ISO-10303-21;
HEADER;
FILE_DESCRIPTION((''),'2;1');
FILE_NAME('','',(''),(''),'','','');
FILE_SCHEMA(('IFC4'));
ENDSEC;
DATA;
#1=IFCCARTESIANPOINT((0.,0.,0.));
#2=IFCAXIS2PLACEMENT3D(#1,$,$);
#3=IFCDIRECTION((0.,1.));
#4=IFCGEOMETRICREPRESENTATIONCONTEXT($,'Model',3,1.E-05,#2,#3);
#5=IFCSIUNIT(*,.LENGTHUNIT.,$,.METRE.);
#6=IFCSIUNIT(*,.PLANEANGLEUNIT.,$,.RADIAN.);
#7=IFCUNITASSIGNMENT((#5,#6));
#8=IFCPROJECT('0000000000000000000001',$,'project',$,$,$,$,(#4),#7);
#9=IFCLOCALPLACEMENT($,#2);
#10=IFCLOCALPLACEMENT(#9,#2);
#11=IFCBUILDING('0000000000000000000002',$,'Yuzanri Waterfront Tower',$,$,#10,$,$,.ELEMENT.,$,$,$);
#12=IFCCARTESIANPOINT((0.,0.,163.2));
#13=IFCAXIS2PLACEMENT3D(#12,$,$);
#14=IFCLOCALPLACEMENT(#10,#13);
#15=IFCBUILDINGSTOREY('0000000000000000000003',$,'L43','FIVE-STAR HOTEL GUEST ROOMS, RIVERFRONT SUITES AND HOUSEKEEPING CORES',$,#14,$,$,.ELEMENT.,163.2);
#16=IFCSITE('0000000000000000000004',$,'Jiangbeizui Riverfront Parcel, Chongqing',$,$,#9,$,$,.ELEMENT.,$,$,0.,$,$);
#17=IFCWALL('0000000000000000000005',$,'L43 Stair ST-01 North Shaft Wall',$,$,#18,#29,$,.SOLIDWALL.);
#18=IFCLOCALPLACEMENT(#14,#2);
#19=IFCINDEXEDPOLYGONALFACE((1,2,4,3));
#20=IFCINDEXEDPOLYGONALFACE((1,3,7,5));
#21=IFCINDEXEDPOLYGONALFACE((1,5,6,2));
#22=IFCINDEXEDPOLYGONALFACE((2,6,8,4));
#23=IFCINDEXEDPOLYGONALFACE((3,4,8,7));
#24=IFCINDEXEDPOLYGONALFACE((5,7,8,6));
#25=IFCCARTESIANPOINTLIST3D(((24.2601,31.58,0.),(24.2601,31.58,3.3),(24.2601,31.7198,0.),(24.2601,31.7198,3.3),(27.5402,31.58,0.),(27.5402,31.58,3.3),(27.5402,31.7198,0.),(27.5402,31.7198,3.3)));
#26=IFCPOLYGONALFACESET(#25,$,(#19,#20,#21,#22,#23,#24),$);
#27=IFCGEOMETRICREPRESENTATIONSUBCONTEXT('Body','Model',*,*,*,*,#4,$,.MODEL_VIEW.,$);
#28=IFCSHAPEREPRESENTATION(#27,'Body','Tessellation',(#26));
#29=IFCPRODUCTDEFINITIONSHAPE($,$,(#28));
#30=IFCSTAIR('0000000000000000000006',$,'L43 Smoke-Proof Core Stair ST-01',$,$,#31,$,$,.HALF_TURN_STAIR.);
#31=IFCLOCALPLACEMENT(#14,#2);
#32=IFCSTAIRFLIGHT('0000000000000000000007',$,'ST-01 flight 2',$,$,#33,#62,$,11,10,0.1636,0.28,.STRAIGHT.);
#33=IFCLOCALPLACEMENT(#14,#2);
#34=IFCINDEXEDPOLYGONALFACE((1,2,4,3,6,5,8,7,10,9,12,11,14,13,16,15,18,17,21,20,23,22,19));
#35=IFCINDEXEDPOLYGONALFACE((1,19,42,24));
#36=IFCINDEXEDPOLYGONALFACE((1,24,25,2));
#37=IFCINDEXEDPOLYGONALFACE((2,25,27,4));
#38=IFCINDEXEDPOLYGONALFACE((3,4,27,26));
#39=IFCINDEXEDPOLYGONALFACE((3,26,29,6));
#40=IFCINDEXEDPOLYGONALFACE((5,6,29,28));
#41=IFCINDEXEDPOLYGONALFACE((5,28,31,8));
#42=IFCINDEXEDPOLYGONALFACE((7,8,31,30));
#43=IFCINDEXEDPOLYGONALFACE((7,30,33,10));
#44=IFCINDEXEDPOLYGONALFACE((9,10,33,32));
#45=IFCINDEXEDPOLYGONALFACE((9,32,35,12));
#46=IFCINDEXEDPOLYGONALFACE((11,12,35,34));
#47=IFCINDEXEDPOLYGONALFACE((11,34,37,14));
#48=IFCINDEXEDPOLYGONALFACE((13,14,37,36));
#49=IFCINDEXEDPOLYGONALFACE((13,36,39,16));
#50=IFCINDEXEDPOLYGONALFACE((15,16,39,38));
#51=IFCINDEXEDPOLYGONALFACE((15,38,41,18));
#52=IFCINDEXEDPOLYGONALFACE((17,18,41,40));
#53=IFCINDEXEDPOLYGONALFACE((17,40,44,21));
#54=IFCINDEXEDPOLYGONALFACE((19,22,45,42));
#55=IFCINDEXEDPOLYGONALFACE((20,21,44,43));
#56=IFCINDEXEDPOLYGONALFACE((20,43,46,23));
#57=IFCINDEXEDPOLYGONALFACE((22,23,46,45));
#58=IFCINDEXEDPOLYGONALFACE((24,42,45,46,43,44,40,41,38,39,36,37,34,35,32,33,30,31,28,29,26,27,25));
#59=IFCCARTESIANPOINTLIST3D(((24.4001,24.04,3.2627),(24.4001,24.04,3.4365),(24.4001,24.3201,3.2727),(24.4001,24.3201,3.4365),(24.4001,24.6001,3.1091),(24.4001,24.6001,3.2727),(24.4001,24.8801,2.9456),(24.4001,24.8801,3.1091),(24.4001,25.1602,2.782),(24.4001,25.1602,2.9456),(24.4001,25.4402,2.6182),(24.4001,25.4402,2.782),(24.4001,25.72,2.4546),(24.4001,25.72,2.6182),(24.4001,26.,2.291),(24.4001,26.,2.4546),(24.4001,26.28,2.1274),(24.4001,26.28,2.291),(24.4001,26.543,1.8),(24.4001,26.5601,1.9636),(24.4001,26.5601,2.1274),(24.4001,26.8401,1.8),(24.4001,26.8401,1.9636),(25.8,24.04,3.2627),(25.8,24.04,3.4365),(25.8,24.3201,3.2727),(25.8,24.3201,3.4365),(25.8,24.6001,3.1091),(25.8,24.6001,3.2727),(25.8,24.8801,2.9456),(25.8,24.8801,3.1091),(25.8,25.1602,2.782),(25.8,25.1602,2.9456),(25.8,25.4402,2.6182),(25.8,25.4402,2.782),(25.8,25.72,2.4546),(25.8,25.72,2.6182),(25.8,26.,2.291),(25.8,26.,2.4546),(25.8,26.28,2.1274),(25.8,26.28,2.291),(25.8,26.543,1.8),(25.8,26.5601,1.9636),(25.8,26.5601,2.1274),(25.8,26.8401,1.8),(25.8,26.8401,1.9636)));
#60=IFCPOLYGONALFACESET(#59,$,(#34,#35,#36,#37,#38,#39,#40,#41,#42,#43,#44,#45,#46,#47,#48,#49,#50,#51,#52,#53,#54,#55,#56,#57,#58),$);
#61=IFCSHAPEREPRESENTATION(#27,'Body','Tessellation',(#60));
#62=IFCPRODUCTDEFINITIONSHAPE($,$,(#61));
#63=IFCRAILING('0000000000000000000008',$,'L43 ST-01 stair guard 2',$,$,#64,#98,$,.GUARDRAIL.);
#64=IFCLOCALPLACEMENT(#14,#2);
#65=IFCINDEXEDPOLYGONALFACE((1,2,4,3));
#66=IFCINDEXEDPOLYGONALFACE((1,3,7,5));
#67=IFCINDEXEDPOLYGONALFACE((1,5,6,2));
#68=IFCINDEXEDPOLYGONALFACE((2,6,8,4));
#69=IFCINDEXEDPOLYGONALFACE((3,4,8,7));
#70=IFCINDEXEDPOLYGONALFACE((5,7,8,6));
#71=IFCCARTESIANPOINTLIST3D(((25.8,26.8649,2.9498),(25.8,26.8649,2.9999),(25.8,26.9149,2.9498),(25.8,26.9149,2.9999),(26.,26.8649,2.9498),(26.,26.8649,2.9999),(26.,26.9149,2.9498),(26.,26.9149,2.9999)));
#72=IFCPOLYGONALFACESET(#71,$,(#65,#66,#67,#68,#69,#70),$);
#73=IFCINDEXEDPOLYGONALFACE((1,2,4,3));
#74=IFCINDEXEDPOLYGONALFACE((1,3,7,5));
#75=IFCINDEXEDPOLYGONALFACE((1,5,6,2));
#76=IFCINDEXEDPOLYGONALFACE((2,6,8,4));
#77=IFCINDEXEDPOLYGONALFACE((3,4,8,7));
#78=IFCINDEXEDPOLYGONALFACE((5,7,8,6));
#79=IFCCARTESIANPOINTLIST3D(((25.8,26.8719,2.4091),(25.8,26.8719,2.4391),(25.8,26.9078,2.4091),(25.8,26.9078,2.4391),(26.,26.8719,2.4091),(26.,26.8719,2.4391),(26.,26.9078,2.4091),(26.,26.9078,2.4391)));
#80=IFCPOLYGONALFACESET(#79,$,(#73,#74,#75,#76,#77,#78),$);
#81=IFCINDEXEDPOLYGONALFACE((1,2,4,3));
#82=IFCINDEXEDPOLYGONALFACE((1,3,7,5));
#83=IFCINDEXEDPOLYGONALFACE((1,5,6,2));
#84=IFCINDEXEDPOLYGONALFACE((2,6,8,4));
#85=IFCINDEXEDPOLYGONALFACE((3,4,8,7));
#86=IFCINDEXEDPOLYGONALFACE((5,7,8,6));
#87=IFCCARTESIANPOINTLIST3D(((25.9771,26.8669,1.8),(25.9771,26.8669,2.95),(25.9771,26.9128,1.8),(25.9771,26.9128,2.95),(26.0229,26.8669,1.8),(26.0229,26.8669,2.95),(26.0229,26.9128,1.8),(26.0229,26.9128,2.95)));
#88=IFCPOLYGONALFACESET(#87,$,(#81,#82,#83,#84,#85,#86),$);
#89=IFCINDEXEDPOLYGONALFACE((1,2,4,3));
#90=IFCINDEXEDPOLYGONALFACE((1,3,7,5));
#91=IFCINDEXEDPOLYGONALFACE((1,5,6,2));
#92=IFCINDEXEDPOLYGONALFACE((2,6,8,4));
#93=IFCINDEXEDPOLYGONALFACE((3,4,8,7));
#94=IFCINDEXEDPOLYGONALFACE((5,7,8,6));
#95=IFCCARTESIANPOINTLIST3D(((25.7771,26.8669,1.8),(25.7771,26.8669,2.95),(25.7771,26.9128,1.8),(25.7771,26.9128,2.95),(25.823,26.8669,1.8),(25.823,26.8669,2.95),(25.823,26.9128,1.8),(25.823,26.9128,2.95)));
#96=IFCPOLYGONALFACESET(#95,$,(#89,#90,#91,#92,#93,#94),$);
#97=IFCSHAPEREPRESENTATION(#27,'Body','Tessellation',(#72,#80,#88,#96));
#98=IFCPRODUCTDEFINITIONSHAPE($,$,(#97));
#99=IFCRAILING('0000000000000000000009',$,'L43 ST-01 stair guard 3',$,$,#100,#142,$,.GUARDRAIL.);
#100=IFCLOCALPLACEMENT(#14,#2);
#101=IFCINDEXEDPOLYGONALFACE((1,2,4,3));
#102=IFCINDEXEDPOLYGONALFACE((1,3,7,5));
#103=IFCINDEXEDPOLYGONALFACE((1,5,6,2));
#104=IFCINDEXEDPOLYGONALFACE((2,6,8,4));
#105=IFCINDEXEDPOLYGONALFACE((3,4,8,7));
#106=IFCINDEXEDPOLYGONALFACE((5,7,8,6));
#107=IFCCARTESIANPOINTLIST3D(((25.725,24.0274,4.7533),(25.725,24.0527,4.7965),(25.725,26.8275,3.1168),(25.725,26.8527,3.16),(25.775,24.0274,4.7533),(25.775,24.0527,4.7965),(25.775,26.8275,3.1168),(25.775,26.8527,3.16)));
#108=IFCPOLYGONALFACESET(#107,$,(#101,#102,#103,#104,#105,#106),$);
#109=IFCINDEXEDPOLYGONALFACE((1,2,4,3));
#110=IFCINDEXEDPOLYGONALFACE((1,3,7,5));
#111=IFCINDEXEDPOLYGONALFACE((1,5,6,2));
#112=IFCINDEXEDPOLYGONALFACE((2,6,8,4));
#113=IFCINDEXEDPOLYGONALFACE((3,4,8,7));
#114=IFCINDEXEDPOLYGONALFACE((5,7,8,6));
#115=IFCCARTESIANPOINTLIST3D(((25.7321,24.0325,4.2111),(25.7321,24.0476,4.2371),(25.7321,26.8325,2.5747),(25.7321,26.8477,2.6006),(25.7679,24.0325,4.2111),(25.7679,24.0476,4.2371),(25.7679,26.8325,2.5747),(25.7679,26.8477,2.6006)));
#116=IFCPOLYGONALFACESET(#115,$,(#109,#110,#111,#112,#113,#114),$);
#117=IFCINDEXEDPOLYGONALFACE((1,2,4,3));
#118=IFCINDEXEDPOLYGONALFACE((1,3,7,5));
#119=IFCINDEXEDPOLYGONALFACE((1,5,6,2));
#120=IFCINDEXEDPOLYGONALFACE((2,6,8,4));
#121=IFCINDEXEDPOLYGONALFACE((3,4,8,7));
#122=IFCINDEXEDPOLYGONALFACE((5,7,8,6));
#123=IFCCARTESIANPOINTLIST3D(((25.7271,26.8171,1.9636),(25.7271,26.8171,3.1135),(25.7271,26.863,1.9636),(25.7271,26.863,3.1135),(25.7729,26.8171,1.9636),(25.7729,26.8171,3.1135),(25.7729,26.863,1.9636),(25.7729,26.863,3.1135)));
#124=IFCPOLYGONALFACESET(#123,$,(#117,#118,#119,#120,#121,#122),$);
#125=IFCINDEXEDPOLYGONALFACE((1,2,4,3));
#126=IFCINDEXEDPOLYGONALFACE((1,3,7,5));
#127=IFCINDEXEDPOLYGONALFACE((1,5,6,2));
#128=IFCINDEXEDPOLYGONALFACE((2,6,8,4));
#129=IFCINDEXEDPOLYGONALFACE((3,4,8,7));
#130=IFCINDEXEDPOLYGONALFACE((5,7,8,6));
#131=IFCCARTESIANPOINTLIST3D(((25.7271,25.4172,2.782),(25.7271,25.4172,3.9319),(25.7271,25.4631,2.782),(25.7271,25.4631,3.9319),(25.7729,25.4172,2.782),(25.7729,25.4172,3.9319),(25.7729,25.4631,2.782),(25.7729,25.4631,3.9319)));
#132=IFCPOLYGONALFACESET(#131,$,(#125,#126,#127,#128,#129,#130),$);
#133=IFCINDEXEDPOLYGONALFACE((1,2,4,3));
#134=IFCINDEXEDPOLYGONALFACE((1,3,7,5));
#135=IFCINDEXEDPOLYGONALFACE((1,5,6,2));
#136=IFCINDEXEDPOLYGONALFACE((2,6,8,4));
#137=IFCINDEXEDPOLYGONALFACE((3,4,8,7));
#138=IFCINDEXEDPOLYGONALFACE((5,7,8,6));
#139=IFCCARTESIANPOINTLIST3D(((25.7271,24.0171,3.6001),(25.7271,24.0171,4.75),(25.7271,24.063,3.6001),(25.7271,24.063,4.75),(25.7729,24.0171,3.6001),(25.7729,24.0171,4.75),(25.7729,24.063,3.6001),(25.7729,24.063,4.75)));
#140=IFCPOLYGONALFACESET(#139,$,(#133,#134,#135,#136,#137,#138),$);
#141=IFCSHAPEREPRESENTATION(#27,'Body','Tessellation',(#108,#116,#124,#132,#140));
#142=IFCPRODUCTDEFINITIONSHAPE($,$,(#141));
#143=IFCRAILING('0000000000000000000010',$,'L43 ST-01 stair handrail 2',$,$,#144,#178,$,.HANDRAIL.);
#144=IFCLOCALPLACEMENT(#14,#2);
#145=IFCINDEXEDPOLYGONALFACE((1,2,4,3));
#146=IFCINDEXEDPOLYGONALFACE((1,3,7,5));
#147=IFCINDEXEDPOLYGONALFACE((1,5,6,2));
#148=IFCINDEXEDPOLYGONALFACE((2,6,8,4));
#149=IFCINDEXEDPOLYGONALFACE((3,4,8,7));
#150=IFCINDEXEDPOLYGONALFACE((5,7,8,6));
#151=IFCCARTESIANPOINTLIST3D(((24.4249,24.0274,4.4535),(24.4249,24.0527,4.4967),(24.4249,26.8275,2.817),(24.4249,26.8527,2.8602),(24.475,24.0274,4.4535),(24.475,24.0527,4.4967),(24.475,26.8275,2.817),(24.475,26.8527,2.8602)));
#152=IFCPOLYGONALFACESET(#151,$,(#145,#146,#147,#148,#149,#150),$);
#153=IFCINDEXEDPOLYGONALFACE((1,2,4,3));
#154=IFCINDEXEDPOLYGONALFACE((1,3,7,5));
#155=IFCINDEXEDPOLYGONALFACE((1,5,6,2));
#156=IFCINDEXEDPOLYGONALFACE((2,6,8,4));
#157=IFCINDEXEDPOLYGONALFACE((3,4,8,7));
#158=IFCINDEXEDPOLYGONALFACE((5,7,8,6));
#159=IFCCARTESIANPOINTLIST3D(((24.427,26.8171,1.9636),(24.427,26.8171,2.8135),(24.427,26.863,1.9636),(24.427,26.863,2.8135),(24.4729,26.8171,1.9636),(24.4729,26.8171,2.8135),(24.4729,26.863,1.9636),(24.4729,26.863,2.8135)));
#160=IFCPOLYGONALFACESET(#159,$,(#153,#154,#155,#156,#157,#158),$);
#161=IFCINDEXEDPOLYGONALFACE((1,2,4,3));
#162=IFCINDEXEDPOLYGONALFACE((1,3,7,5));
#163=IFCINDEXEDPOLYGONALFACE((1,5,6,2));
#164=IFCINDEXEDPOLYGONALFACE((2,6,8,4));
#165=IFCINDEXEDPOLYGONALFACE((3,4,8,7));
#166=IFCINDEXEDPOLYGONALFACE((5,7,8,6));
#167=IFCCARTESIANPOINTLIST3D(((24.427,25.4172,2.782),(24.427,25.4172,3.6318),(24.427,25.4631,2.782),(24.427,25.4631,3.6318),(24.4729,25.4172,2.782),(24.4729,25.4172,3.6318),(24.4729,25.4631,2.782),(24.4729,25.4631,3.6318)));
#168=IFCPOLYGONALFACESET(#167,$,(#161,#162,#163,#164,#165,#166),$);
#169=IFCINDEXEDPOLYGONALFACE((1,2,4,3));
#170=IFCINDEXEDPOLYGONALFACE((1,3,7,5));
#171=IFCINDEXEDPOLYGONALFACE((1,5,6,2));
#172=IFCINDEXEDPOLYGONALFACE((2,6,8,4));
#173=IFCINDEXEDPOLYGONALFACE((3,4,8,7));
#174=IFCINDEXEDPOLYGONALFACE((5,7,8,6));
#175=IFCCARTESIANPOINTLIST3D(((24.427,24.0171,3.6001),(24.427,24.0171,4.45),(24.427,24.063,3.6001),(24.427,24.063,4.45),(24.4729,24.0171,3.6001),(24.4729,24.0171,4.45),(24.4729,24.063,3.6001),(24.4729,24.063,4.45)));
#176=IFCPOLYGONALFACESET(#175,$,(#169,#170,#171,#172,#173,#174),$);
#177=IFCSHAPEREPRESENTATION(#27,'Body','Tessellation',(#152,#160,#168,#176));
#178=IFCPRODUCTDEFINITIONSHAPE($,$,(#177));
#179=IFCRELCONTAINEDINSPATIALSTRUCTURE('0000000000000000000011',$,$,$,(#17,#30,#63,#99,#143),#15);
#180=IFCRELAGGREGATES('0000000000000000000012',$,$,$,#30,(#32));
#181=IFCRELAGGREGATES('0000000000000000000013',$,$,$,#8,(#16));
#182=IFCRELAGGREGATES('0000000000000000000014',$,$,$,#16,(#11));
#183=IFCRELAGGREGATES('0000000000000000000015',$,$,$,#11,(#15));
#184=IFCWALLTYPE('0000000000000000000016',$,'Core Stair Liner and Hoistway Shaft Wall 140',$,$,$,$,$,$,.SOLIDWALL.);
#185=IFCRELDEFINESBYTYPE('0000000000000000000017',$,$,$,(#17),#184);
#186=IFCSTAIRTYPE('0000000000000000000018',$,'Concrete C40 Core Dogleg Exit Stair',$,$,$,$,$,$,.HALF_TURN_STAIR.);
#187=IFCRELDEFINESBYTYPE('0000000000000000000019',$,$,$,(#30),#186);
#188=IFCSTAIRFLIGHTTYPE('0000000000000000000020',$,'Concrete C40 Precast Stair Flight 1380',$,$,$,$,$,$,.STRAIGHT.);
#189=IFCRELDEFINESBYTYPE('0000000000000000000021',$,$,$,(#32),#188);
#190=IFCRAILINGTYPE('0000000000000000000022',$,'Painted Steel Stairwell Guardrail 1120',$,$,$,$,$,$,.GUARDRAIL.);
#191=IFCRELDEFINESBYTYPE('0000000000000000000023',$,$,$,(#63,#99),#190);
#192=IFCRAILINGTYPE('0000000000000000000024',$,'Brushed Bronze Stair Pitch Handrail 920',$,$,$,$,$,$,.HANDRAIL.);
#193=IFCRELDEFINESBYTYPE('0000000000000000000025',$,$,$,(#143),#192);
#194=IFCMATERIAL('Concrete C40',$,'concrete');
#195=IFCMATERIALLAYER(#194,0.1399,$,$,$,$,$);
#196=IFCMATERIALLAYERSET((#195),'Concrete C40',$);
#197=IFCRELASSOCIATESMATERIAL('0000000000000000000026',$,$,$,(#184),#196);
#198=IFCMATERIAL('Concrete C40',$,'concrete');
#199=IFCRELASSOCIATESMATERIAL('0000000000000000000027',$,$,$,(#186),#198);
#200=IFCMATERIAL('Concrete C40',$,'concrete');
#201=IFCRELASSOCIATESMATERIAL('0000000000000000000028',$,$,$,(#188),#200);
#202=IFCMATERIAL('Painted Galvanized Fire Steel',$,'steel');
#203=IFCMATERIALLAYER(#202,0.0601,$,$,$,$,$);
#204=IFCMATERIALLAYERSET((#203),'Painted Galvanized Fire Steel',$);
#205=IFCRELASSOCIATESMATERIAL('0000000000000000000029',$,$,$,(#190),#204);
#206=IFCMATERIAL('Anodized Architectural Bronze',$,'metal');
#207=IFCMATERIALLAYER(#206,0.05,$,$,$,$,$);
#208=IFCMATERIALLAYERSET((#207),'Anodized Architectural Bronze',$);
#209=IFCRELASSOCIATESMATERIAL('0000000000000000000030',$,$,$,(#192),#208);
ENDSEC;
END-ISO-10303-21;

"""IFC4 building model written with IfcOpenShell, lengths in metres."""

from ifc_helpers import new_model, si_unit, direction, frame, frame_2d, origin, origin_2d, place, context, subcontext, project, spatial, polyline, rectangle, outline, extrude, source, transform, mapped, material, layer, layer_set, type_object, element, aggregate, save


model = new_model("IFC4")

# Units and contexts
model_context = context("Model", 3, precision=1e-05, world=origin(), true_north=direction((0.0, 1.0)))
body_context = subcontext(model_context, "Body", "Model", "MODEL_VIEW")
ifc_project = project(units=[si_unit("LENGTHUNIT", "METRE"), si_unit("PLANEANGLEUNIT", "RADIAN")], contexts=[model_context])

# Site, building, storey
site_placement = place(None, origin())
site = spatial("IfcSite", under=ifc_project, at=site_placement, Name="Jiangbeizui Riverfront Parcel, Chongqing", CompositionType="ELEMENT", RefElevation=0.0)
building_placement = place(site_placement, origin())
building = spatial("IfcBuilding", under=site, at=building_placement, Name="Yuzanri Waterfront Tower", CompositionType="ELEMENT")
storey_placement = place(building_placement, frame((0.0, 0.0, 163.2)))
storey = spatial("IfcBuildingStorey", under=building, at=storey_placement, Name="L43", Description="FIVE-STAR HOTEL GUEST ROOMS, RIVERFRONT SUITES AND HOUSEKEEPING CORES", CompositionType="ELEMENT", Elevation=163.2)

# Shared definitions
ifc_material_1 = material(Name="Concrete C40", Category="concrete")
ifc_layer_1 = layer(ifc_material_1, 0.1399)
ifc_layer_set_1 = layer_set([ifc_layer_1], Name="Concrete C40")
wall_type_1 = type_object("IfcWallType", Name="Core Stair Liner and Hoistway Shaft Wall 140", PredefinedType="SOLIDWALL", material=ifc_layer_set_1)

# Wall
shared_shape_1 = source(origin(), body_context, "Body", "SweptSolid", [
    extrude(rectangle(XDim=3.28, YDim=0.1399, at=frame_2d((1.6401, 0.0))), origin(), (0.0, 0.0, 1.0), 3.3),
])
wall_1_placement = place(storey_placement, frame((24.26, 31.6499, 0.0), z_axis=(0.0, 0.0, 1.0), x_axis=(1.0, 0.0, 0.0)))
element("IfcWall", 1, at=wall_1_placement, inside=storey, type_object=wall_type_1, Name="L43 Stair ST-01 North Shaft Wall", PredefinedType="SOLIDWALL", context=body_context, shape_type="MappedRepresentation", body=[
    mapped(shared_shape_1, transform((0.0, 0.0, 0.0), scale=1.0)),
])

# Stair, stair flight
ifc_material_2 = material(Name="Concrete C40", Category="concrete")
stair_type = type_object("IfcStairType", Name="Concrete C40 Core Dogleg Exit Stair", PredefinedType="HALF_TURN_STAIR", material=ifc_material_2)
stair_placement = place(storey_placement, origin())
stair = element("IfcStair", 2, at=stair_placement, inside=storey, type_object=stair_type, Name="L43 Smoke-Proof Core Stair ST-01", PredefinedType="HALF_TURN_STAIR")
ifc_material_3 = material(Name="Concrete C40", Category="concrete")
stair_flight_type = type_object("IfcStairFlightType", Name="Concrete C40 Precast Stair Flight 1380", PredefinedType="STRAIGHT", material=ifc_material_3)
shared_shape_2 = source(origin(), body_context, "Body", "SweptSolid", [
    extrude(outline(polyline([(0.0, 0.0), (0.0, 0.1636), (0.28, 0.1636), (0.28, 0.3274), (0.5601, 0.3274), (0.5601, 0.491), (0.8401, 0.491), (0.8401, 0.6545), (1.1201, 0.6545), (1.1201, 0.8181), (1.3999, 0.8181), (1.3999, 0.9819), (1.6799, 0.9819), (1.6799, 1.1455), (1.96, 1.1455), (1.96, 1.3091), (2.24, 1.3091), (2.24, 1.4727), (2.52, 1.4727), (2.52, 1.6365), (2.8, 1.6365), (2.8, 1.8), (2.8, 1.4626), (0.2971, 0.0), (0.0, 0.0)])), frame((0.0, 0.7, 0.0), z_axis=(0.0, -1.0, 0.0), x_axis=(1.0, 0.0, 0.0)), (0.0, 0.0, 1.0), 1.3999),
])
stair_flight_placement = place(storey_placement, frame((25.1001, 26.8401, 1.8), z_axis=(0.0, 0.0, 1.0), x_axis=(0.0, -1.0, 0.0)))
stair_flight = element("IfcStairFlight", 3, at=stair_flight_placement, type_object=stair_flight_type, Name="ST-01 flight 2", NumberOfRisers=11, NumberOfTreads=10, PredefinedType="STRAIGHT", RiserHeight=0.1636, TreadLength=0.28, context=body_context, shape_type="MappedRepresentation", body=[
    mapped(shared_shape_2, transform((0.0, 0.0, 0.0), scale=1.0)),
])
aggregate(stair, [stair_flight])

# Railings
ifc_material_4 = material(Name="Painted Galvanized Fire Steel", Category="steel")
ifc_layer_2 = layer(ifc_material_4, 0.0601)
ifc_layer_set_2 = layer_set([ifc_layer_2], Name="Painted Galvanized Fire Steel")
railing_type_1 = type_object("IfcRailingType", Name="Painted Steel Stairwell Guardrail 1120", PredefinedType="GUARDRAIL", material=ifc_layer_set_2)
shared_shape_3 = source(origin(), body_context, "Body", "SweptSolid", [
    extrude(rectangle(XDim=0.05, YDim=0.05, at=origin_2d()), frame((0.0, 0.0, 1.1748), z_axis=(-1.0, 0.0, 0.0), x_axis=(0.0, -1.0, 0.0)), (0.0, 0.0, 1.0), 0.2),
    extrude(rectangle(XDim=0.0359, YDim=0.03, at=origin_2d()), frame((0.0, 0.0, 0.624), z_axis=(-1.0, 0.0, 0.0), x_axis=(0.0, -1.0, 0.0)), (0.0, 0.0, 1.0), 0.2),
    extrude(rectangle(XDim=0.0459, YDim=0.0459, at=origin_2d()), origin(), (0.0, 0.0, 1.0), 1.1499),
    extrude(rectangle(XDim=0.0459, YDim=0.0459, at=origin_2d()), frame((-0.2, 0.0, 0.0)), (0.0, 0.0, 1.0), 1.1499),
])
railing_1_placement = place(storey_placement, frame((26.0, 26.8899, 1.8)))
element("IfcRailing", 4, at=railing_1_placement, inside=storey, type_object=railing_type_1, Name="L43 ST-01 stair guard 2", PredefinedType="GUARDRAIL", context=body_context, shape_type="MappedRepresentation", body=[
    mapped(shared_shape_3, transform((0.0, 0.0, 0.0), scale=1.0)),
])
shared_shape_4 = source(origin(), body_context, "Body", "SweptSolid", [
    extrude(rectangle(XDim=0.05, YDim=0.05, at=origin_2d()), frame((0.0, 0.0, 1.1748), z_axis=(0.0, -0.863361, 0.504587), x_axis=(1.0, 0.0, 0.0)), (0.0, 0.0, 1.0), 3.2432),
    extrude(rectangle(XDim=0.0359, YDim=0.03, at=origin_2d()), frame((0.0, 0.0, 0.624), z_axis=(0.0, -0.863361, 0.504587), x_axis=(1.0, 0.0, 0.0)), (0.0, 0.0, 1.0), 3.2432),
    extrude(rectangle(XDim=0.0459, YDim=0.0459, at=origin_2d()), origin(), (0.0, 0.0, 1.0), 1.1499),
    extrude(rectangle(XDim=0.0459, YDim=0.0459, at=origin_2d()), frame((0.0, -1.3999, 0.8184)), (0.0, 0.0, 1.0), 1.1499),
    extrude(rectangle(XDim=0.0459, YDim=0.0459, at=origin_2d()), frame((0.0, -2.8, 1.6365)), (0.0, 0.0, 1.0), 1.1499),
])
railing_2_placement = place(storey_placement, frame((25.75, 26.8401, 1.9636)))
element("IfcRailing", 5, at=railing_2_placement, inside=storey, type_object=railing_type_1, Name="L43 ST-01 stair guard 3", PredefinedType="GUARDRAIL", context=body_context, shape_type="MappedRepresentation", body=[
    mapped(shared_shape_4, transform((0.0, 0.0, 0.0), scale=1.0)),
])
ifc_material_5 = material(Name="Anodized Architectural Bronze", Category="metal")
ifc_layer_3 = layer(ifc_material_5, 0.05)
ifc_layer_set_3 = layer_set([ifc_layer_3], Name="Anodized Architectural Bronze")
railing_type_2 = type_object("IfcRailingType", Name="Brushed Bronze Stair Pitch Handrail 920", PredefinedType="HANDRAIL", material=ifc_layer_set_3)
shared_shape_5 = source(origin(), body_context, "Body", "SweptSolid", [
    extrude(rectangle(XDim=0.05, YDim=0.05, at=origin_2d()), frame((0.0, 0.0, 0.875), z_axis=(0.0, -0.863361, 0.504587), x_axis=(1.0, 0.0, 0.0)), (0.0, 0.0, 1.0), 3.2432),
    extrude(rectangle(XDim=0.0459, YDim=0.0459, at=origin_2d()), origin(), (0.0, 0.0, 1.0), 0.8499),
    extrude(rectangle(XDim=0.0459, YDim=0.0459, at=origin_2d()), frame((0.0, -1.3999, 0.8184)), (0.0, 0.0, 1.0), 0.8499),
    extrude(rectangle(XDim=0.0459, YDim=0.0459, at=origin_2d()), frame((0.0, -2.8, 1.6365)), (0.0, 0.0, 1.0), 0.8499),
])
railing_3_placement = place(storey_placement, frame((24.45, 26.8401, 1.9636)))
element("IfcRailing", 6, at=railing_3_placement, inside=storey, type_object=railing_type_2, Name="L43 ST-01 stair handrail 2", PredefinedType="HANDRAIL", context=body_context, shape_type="MappedRepresentation", body=[
    mapped(shared_shape_5, transform((0.0, 0.0, 0.0), scale=1.0)),
])

save(model, "model.ifc")
